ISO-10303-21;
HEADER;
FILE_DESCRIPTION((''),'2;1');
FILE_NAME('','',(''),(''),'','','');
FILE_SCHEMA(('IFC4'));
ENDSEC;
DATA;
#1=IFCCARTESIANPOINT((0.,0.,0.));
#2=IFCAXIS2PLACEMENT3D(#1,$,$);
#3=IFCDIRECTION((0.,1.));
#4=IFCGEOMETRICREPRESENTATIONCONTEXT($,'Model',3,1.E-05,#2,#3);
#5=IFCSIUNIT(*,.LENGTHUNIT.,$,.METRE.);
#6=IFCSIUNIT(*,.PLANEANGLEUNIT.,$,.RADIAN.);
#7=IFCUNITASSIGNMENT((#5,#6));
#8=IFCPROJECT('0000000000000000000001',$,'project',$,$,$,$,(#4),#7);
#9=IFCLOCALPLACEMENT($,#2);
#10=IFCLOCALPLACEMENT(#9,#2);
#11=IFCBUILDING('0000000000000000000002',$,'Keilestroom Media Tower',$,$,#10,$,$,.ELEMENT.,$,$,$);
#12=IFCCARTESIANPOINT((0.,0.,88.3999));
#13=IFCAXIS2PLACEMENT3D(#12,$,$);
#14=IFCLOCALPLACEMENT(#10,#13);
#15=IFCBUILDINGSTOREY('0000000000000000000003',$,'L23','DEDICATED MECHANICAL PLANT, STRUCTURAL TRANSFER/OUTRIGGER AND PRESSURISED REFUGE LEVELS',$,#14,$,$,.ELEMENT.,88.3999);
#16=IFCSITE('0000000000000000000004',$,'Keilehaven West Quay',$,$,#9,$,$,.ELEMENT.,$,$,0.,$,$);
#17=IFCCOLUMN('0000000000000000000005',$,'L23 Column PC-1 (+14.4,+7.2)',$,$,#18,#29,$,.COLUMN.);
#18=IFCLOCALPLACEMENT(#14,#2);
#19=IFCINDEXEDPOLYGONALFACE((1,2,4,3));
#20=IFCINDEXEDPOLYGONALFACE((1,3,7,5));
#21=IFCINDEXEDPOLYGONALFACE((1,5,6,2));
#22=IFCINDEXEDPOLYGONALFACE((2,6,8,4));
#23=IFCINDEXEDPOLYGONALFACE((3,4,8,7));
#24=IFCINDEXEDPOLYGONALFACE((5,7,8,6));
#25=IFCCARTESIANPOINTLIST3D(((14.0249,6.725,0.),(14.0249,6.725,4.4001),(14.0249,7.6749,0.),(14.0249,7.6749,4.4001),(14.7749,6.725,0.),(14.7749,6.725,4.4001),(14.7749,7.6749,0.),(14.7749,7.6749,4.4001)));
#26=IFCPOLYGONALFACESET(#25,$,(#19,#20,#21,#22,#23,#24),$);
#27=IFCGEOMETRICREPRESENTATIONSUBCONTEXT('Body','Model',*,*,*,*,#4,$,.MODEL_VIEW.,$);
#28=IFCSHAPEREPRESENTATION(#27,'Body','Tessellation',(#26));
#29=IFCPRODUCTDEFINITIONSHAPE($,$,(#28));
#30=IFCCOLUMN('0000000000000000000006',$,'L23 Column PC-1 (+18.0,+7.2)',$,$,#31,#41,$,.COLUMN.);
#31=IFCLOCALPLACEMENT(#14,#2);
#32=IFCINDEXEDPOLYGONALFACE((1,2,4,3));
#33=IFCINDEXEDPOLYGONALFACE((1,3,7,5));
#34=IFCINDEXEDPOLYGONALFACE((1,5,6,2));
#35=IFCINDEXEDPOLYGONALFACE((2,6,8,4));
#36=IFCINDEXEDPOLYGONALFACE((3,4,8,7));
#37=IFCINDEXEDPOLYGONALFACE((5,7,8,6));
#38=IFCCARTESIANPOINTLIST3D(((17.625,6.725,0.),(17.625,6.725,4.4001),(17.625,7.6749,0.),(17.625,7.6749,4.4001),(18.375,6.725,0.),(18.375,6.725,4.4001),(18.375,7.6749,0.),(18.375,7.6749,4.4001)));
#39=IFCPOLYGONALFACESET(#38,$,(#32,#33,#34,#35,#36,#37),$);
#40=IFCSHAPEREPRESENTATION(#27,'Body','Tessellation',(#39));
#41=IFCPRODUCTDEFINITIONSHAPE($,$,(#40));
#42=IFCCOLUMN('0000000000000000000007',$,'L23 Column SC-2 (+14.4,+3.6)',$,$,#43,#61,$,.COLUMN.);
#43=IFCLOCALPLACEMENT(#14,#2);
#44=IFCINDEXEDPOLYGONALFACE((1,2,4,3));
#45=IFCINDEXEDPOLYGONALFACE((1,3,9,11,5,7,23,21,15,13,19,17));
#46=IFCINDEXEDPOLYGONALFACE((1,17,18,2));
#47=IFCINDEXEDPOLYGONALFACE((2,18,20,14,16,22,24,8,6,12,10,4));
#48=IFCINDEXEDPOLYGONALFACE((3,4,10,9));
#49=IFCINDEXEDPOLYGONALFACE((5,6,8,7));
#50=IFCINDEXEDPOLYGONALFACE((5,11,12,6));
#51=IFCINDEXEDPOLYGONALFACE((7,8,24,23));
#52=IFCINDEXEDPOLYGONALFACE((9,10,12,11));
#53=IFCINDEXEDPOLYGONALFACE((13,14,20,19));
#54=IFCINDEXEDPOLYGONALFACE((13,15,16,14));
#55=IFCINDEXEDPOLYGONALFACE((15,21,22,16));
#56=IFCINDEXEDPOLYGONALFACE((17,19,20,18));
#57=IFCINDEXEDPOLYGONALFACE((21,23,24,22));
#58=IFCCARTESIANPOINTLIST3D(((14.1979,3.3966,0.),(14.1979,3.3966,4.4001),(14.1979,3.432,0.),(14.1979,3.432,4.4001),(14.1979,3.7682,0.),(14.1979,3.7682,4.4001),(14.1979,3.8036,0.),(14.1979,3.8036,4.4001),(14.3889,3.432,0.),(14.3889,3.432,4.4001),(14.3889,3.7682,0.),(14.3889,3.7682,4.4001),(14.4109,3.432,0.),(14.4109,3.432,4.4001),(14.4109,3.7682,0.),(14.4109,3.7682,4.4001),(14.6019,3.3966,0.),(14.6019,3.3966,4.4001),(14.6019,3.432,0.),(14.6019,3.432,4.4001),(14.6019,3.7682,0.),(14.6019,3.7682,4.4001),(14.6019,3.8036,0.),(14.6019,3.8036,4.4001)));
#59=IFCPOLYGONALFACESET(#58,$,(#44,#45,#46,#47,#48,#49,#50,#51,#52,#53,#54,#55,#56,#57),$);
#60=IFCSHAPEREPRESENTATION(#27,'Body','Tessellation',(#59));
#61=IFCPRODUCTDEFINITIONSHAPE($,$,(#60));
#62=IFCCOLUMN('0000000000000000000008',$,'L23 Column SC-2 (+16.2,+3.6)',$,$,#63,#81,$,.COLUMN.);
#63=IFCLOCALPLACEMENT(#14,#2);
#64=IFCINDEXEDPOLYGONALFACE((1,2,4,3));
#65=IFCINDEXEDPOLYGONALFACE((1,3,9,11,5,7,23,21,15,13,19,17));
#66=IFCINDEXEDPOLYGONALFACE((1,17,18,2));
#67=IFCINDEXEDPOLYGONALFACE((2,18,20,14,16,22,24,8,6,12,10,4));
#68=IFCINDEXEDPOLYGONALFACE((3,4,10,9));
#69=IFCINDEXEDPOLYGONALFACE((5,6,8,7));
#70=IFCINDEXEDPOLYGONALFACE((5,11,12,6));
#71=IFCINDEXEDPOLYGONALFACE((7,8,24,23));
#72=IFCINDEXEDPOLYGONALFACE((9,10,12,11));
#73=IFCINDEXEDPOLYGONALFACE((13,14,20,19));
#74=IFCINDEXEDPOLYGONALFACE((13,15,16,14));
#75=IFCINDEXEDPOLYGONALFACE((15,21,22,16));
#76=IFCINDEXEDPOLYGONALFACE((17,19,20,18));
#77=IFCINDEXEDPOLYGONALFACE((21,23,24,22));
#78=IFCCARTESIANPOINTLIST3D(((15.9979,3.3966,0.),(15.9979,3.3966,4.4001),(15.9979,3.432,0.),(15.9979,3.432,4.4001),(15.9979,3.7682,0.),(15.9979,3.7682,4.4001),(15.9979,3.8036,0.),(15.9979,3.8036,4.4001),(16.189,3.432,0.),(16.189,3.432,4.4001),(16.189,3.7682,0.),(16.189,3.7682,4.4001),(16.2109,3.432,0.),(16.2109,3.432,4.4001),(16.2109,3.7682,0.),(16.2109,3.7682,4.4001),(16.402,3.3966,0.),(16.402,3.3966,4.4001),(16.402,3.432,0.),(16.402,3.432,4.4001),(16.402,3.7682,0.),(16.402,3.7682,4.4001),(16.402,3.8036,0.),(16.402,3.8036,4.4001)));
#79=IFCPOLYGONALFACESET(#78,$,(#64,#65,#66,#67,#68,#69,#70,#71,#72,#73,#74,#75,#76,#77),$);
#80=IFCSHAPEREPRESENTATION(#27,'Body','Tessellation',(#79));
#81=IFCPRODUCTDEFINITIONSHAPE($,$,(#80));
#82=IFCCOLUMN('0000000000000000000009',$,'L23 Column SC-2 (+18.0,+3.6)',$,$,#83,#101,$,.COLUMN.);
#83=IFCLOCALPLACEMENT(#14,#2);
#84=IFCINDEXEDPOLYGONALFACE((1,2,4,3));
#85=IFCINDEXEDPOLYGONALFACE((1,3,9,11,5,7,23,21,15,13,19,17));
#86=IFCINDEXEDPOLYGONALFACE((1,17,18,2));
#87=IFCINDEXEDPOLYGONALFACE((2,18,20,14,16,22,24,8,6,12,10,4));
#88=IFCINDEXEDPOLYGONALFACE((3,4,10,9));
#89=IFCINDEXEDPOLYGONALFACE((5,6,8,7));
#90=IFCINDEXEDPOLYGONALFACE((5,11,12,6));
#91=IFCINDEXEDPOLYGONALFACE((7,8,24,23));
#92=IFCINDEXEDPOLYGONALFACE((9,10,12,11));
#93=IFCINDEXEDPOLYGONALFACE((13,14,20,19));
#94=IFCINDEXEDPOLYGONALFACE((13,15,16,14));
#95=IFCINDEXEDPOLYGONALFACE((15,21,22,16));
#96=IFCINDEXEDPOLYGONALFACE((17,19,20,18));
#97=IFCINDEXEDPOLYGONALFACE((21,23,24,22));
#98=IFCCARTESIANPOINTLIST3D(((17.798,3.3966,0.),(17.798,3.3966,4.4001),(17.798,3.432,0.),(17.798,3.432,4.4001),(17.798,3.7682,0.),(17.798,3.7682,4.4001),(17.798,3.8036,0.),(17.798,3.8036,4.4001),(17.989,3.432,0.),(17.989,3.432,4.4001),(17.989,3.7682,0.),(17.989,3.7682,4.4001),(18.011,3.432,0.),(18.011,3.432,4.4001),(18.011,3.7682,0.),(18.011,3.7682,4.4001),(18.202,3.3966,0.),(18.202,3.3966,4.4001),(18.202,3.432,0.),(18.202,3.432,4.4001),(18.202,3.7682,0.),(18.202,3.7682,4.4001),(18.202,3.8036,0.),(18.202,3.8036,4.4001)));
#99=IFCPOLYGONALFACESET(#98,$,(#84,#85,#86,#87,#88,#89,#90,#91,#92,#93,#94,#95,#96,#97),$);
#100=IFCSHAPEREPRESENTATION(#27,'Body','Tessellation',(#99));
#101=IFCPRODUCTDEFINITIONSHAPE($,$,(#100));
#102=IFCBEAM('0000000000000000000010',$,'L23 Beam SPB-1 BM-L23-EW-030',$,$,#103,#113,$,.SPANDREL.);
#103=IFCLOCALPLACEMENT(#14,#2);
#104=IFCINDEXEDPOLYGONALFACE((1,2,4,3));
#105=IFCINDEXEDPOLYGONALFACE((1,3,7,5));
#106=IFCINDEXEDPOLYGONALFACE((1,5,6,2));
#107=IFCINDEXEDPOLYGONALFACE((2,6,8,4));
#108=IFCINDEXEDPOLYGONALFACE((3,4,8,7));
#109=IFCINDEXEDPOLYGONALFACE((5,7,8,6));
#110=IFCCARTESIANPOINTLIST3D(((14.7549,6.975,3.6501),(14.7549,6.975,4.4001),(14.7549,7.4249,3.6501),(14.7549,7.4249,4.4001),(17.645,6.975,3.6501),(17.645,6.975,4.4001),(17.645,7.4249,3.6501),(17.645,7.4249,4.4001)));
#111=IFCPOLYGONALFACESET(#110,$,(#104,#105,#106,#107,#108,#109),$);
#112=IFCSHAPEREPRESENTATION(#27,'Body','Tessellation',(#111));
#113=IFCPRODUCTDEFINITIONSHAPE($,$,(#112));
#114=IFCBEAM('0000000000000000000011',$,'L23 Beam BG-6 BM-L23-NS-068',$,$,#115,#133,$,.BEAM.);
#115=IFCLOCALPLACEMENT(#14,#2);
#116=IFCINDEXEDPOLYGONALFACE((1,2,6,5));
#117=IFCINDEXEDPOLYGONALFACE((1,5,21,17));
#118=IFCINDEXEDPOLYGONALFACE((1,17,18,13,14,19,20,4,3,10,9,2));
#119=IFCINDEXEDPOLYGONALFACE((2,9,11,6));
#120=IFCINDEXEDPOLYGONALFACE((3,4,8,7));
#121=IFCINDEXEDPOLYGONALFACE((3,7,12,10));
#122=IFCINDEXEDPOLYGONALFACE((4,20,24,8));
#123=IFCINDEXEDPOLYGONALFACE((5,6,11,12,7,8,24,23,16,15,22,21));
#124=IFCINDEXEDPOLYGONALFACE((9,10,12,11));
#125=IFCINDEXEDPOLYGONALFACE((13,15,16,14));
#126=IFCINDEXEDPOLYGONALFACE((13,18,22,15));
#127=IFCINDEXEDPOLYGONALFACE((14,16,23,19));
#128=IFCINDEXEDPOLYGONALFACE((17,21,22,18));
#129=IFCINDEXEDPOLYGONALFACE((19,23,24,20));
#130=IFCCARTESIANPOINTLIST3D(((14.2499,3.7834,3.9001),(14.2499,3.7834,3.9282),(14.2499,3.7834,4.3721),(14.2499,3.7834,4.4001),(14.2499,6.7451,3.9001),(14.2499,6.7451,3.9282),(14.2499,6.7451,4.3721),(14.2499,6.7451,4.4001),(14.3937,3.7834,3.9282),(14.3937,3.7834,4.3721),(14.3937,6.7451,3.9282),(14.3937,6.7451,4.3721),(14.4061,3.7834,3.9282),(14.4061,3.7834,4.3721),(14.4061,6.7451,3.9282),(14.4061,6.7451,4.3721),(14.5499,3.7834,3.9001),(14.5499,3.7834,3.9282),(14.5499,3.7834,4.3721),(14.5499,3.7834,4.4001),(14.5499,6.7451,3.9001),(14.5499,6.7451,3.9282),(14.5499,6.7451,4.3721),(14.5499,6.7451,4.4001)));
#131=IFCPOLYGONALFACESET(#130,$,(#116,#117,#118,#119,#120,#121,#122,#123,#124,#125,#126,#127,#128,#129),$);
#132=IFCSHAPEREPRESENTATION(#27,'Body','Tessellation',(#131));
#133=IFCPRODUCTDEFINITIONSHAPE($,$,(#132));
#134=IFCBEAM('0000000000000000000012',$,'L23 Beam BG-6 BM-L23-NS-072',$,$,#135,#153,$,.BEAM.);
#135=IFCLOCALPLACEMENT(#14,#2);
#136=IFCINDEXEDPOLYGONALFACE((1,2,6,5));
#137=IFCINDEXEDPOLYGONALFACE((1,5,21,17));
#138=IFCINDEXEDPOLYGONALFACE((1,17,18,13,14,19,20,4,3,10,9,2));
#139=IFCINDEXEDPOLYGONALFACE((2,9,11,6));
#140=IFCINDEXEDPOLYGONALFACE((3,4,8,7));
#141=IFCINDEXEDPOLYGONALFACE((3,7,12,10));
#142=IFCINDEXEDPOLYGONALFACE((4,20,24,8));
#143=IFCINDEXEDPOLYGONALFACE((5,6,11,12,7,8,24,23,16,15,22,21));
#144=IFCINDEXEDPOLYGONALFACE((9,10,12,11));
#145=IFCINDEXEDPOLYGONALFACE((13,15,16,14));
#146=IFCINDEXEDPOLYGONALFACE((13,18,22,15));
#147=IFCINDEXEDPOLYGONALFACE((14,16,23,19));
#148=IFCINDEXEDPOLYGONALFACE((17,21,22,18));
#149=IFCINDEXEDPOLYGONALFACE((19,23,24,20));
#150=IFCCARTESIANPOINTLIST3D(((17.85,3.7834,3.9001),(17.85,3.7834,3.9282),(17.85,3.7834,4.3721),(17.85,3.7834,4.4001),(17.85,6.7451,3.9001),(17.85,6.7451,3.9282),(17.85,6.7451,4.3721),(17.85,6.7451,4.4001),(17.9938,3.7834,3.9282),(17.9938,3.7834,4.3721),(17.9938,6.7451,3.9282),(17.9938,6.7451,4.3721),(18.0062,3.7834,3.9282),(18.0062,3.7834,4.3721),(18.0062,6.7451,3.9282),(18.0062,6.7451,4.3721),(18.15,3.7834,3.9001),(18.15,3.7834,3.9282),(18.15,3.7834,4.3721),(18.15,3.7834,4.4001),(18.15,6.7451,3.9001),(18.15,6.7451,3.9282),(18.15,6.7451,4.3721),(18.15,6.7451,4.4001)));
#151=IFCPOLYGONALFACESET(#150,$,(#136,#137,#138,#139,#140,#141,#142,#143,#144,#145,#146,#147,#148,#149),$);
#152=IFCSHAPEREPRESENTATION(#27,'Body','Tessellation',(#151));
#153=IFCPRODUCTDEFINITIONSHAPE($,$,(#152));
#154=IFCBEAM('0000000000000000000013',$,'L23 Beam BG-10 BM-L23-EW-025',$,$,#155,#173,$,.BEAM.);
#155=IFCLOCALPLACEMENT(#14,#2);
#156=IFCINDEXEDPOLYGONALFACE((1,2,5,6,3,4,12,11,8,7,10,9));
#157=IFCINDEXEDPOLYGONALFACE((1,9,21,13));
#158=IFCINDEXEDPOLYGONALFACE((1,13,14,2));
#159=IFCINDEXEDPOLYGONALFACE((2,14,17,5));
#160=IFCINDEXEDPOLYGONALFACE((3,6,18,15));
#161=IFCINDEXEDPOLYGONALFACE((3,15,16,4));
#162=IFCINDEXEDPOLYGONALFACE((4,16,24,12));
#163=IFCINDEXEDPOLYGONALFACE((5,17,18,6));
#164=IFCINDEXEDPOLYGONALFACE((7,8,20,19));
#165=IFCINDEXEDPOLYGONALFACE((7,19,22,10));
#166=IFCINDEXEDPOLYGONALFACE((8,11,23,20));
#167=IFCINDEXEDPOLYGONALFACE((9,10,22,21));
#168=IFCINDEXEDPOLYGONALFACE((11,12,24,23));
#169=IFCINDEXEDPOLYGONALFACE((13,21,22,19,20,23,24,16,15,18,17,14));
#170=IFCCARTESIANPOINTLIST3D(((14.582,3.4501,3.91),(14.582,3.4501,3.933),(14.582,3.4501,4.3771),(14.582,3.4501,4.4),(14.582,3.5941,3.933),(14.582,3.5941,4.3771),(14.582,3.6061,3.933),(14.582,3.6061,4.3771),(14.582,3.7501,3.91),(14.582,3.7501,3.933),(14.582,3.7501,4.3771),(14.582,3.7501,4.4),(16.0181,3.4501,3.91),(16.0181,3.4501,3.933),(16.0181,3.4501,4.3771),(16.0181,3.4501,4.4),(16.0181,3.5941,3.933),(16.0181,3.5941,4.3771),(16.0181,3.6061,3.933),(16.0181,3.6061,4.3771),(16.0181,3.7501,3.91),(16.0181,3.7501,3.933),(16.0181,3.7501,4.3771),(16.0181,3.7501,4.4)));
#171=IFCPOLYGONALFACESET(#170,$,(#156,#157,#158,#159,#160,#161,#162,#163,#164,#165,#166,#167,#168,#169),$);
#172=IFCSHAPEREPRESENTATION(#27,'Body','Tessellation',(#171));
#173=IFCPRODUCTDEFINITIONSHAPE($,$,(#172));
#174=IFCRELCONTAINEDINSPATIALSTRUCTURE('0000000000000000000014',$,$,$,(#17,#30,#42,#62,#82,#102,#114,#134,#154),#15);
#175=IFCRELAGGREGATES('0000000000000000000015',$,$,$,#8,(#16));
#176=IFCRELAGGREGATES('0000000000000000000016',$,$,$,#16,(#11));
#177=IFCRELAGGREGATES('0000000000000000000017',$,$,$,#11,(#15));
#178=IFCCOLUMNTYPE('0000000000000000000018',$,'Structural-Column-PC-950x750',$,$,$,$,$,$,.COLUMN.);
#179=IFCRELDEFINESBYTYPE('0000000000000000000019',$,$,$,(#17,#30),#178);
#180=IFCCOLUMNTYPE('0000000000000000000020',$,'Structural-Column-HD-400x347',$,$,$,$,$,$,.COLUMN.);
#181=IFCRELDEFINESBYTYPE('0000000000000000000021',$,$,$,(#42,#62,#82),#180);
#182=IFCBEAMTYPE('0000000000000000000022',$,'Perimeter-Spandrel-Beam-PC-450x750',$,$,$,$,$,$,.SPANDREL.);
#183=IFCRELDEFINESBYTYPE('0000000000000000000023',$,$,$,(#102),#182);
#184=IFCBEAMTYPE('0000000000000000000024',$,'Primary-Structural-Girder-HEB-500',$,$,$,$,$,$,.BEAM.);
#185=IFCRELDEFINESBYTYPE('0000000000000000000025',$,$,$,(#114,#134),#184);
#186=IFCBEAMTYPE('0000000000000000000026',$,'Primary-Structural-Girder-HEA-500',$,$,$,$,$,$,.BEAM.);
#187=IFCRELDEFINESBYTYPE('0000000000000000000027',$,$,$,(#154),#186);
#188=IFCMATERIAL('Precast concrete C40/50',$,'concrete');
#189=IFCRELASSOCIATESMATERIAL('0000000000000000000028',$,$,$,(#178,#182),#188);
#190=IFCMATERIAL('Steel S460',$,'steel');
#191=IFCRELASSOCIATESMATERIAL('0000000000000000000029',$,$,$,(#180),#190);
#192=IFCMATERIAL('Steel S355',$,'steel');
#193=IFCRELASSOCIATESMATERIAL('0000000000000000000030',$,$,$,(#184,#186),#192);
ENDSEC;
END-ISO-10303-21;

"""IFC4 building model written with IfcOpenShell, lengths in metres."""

from ifc_helpers import new_model, si_unit, direction, frame, origin, origin_2d, place, context, subcontext, project, spatial, rectangle, i_section, extrude, source, transform, mapped, material, material_profile, profile_set, type_object, element, save


model = new_model("IFC4")

# Units and contexts
model_context = context("Model", 3, precision=1e-05, world=origin(), true_north=direction((0.0, 1.0)))
body_context = subcontext(model_context, "Body", "Model", "MODEL_VIEW")
ifc_project = project(units=[si_unit("LENGTHUNIT", "METRE"), si_unit("PLANEANGLEUNIT", "RADIAN")], contexts=[model_context])

# Site, building, storey
site_placement = place(None, origin())
site = spatial("IfcSite", under=ifc_project, at=site_placement, Name="Keilehaven West Quay", CompositionType="ELEMENT", RefElevation=0.0)
building_placement = place(site_placement, origin())
building = spatial("IfcBuilding", under=site, at=building_placement, Name="Keilestroom Media Tower", CompositionType="ELEMENT")
storey_placement = place(building_placement, frame((0.0, 0.0, 88.3999)))
storey = spatial("IfcBuildingStorey", under=building, at=storey_placement, Name="L23", Description="DEDICATED MECHANICAL PLANT, STRUCTURAL TRANSFER/OUTRIGGER AND PRESSURISED REFUGE LEVELS", CompositionType="ELEMENT", Elevation=88.3999)

# Columns
ifc_material_1 = material(Name="Precast concrete C40/50", Category="concrete")
ifc_material_profile_1 = material_profile(ifc_material_1, rectangle(XDim=0.75, YDim=0.95, at=origin_2d()), Name="PC 950x750")
ifc_profile_set_1 = profile_set([ifc_material_profile_1], Name="Precast concrete C40/50")
column_type_1 = type_object("IfcColumnType", Name="Structural-Column-PC-950x750", PredefinedType="COLUMN", material=ifc_profile_set_1)
shared_shape_1 = source(origin(), body_context, "Body", "SweptSolid", [
    extrude(rectangle(XDim=0.75, YDim=0.95, at=origin_2d()), origin(), (0.0, 0.0, 1.0), 4.4001),
])
for number, where, z_axis, x_axis, name in (
    (1, (14.3999, 7.2, 0.0), (0.0, 0.0, 1.0), (1.0, 0.0, 0.0), "L23 Column PC-1 (+14.4,+7.2)"),
    (2, (18.0, 7.2, 0.0), (0.0, 0.0, 1.0), (1.0, 0.0, 0.0), "L23 Column PC-1 (+18.0,+7.2)"),
):
    element("IfcColumn", number, at=place(storey_placement, frame(where, z_axis=z_axis, x_axis=x_axis)), inside=storey, type_object=column_type_1, Name=name, PredefinedType="COLUMN", context=body_context, shape_type="MappedRepresentation", body=[
        mapped(shared_shape_1, transform((0.0, 0.0, 0.0), x_axis=(1.0, 0.0, 0.0), y_axis=(0.0, 1.0, 0.0), z_axis=(0.0, 0.0, 1.0), scale=1.0)),
    ])
ifc_material_2 = material(Name="Steel S460", Category="steel")
ifc_material_profile_2 = material_profile(ifc_material_2, i_section(OverallWidth=0.4041, OverallDepth=0.407, WebThickness=0.022, FlangeThickness=0.0354, at=origin_2d()), Name="HD 400x347")
ifc_profile_set_2 = profile_set([ifc_material_profile_2], Name="Steel S460")
column_type_2 = type_object("IfcColumnType", Name="Structural-Column-HD-400x347", PredefinedType="COLUMN", material=ifc_profile_set_2)
shared_shape_2 = source(origin(), body_context, "Body", "SweptSolid", [
    extrude(i_section(OverallWidth=0.4041, OverallDepth=0.407, WebThickness=0.022, FlangeThickness=0.0354, at=origin_2d()), origin(), (0.0, 0.0, 1.0), 4.4001),
])
for number, where, z_axis, x_axis, name in (
    (3, (14.3999, 3.6001, 0.0), (0.0, 0.0, 1.0), (1.0, 0.0, 0.0), "L23 Column SC-2 (+14.4,+3.6)"),
    (4, (16.2, 3.6001, 0.0), (0.0, 0.0, 1.0), (1.0, 0.0, 0.0), "L23 Column SC-2 (+16.2,+3.6)"),
    (5, (18.0, 3.6001, 0.0), (0.0, 0.0, 1.0), (1.0, 0.0, 0.0), "L23 Column SC-2 (+18.0,+3.6)"),
):
    element("IfcColumn", number, at=place(storey_placement, frame(where, z_axis=z_axis, x_axis=x_axis)), inside=storey, type_object=column_type_2, Name=name, PredefinedType="COLUMN", context=body_context, shape_type="MappedRepresentation", body=[
        mapped(shared_shape_2, transform((0.0, 0.0, 0.0), x_axis=(1.0, 0.0, 0.0), y_axis=(0.0, 1.0, 0.0), z_axis=(0.0, 0.0, 1.0), scale=1.0)),
    ])

# Beams
ifc_material_profile_3 = material_profile(ifc_material_1, rectangle(XDim=0.45, YDim=0.75, at=origin_2d()), Name="PC 450x750")
ifc_profile_set_3 = profile_set([ifc_material_profile_3], Name="Precast concrete C40/50")
beam_type_1 = type_object("IfcBeamType", Name="Perimeter-Spandrel-Beam-PC-450x750", PredefinedType="SPANDREL", material=ifc_profile_set_3)
shared_shape_3 = source(origin(), body_context, "Body", "SweptSolid", [
    extrude(rectangle(XDim=0.45, YDim=0.75, at=origin_2d()), origin(), (0.0, 0.0, 1.0), 2.8901),
])
beam_placement = place(storey_placement, frame((14.7549, 7.2, 4.0251), z_axis=(1.0, 0.0, 0.0), x_axis=(0.0, 1.0, 0.0)))
element("IfcBeam", 6, at=beam_placement, inside=storey, type_object=beam_type_1, Name="L23 Beam SPB-1 BM-L23-EW-030", PredefinedType="SPANDREL", context=body_context, shape_type="MappedRepresentation", body=[
    mapped(shared_shape_3, transform((0.0, 0.0, 0.0), x_axis=(1.0, 0.0, 0.0), y_axis=(0.0, 1.0, 0.0), z_axis=(0.0, 0.0, 1.0), scale=1.0)),
])
ifc_material_3 = material(Name="Steel S355", Category="steel")
ifc_material_profile_4 = material_profile(ifc_material_3, i_section(OverallWidth=0.3, OverallDepth=0.5, WebThickness=0.0125, FlangeThickness=0.0281, at=origin_2d()), Name="HEB 500")
ifc_profile_set_4 = profile_set([ifc_material_profile_4], Name="Steel S355")
beam_type_2 = type_object("IfcBeamType", Name="Primary-Structural-Girder-HEB-500", PredefinedType="BEAM", material=ifc_profile_set_4)
shared_shape_4 = source(origin(), body_context, "Body", "SweptSolid", [
    extrude(i_section(OverallWidth=0.3, OverallDepth=0.5, WebThickness=0.0125, FlangeThickness=0.0281, at=origin_2d()), origin(), (0.0, 0.0, 1.0), 2.9617),
])
for number, where, z_axis, x_axis, name in (
    (7, (14.3999, 3.7834, 4.1501), (0.0, 1.0, 0.0), (-1.0, 0.0, 0.0), "L23 Beam BG-6 BM-L23-NS-068"),
    (8, (18.0, 3.7834, 4.1501), (0.0, 1.0, 0.0), (-1.0, 0.0, 0.0), "L23 Beam BG-6 BM-L23-NS-072"),
):
    element("IfcBeam", number, at=place(storey_placement, frame(where, z_axis=z_axis, x_axis=x_axis)), inside=storey, type_object=beam_type_2, Name=name, PredefinedType="BEAM", context=body_context, shape_type="MappedRepresentation", body=[
        mapped(shared_shape_4, transform((0.0, 0.0, 0.0), x_axis=(1.0, 0.0, 0.0), y_axis=(0.0, 1.0, 0.0), z_axis=(0.0, 0.0, 1.0), scale=1.0)),
    ])
ifc_material_profile_5 = material_profile(ifc_material_3, i_section(OverallWidth=0.3, OverallDepth=0.49, WebThickness=0.012, FlangeThickness=0.0229, at=origin_2d()), Name="HEA 500")
ifc_profile_set_5 = profile_set([ifc_material_profile_5], Name="Steel S355")
beam_type_3 = type_object("IfcBeamType", Name="Primary-Structural-Girder-HEA-500", PredefinedType="BEAM", material=ifc_profile_set_5)
shared_shape_5 = source(origin(), body_context, "Body", "SweptSolid", [
    extrude(i_section(OverallWidth=0.3, OverallDepth=0.49, WebThickness=0.012, FlangeThickness=0.0229, at=origin_2d()), origin(), (0.0, 0.0, 1.0), 1.436),
])
for number, where, z_axis, x_axis, name in (
    (9, (14.582, 3.6001, 4.155), (1.0, 0.0, 0.0), (0.0, 1.0, 0.0), "L23 Beam BG-10 BM-L23-EW-025"),
):
    element("IfcBeam", number, at=place(storey_placement, frame(where, z_axis=z_axis, x_axis=x_axis)), inside=storey, type_object=beam_type_3, Name=name, PredefinedType="BEAM", context=body_context, shape_type="MappedRepresentation", body=[
        mapped(shared_shape_5, transform((0.0, 0.0, 0.0), x_axis=(1.0, 0.0, 0.0), y_axis=(0.0, 1.0, 0.0), z_axis=(0.0, 0.0, 1.0), scale=1.0)),
    ])

save(model, "model.ifc")
